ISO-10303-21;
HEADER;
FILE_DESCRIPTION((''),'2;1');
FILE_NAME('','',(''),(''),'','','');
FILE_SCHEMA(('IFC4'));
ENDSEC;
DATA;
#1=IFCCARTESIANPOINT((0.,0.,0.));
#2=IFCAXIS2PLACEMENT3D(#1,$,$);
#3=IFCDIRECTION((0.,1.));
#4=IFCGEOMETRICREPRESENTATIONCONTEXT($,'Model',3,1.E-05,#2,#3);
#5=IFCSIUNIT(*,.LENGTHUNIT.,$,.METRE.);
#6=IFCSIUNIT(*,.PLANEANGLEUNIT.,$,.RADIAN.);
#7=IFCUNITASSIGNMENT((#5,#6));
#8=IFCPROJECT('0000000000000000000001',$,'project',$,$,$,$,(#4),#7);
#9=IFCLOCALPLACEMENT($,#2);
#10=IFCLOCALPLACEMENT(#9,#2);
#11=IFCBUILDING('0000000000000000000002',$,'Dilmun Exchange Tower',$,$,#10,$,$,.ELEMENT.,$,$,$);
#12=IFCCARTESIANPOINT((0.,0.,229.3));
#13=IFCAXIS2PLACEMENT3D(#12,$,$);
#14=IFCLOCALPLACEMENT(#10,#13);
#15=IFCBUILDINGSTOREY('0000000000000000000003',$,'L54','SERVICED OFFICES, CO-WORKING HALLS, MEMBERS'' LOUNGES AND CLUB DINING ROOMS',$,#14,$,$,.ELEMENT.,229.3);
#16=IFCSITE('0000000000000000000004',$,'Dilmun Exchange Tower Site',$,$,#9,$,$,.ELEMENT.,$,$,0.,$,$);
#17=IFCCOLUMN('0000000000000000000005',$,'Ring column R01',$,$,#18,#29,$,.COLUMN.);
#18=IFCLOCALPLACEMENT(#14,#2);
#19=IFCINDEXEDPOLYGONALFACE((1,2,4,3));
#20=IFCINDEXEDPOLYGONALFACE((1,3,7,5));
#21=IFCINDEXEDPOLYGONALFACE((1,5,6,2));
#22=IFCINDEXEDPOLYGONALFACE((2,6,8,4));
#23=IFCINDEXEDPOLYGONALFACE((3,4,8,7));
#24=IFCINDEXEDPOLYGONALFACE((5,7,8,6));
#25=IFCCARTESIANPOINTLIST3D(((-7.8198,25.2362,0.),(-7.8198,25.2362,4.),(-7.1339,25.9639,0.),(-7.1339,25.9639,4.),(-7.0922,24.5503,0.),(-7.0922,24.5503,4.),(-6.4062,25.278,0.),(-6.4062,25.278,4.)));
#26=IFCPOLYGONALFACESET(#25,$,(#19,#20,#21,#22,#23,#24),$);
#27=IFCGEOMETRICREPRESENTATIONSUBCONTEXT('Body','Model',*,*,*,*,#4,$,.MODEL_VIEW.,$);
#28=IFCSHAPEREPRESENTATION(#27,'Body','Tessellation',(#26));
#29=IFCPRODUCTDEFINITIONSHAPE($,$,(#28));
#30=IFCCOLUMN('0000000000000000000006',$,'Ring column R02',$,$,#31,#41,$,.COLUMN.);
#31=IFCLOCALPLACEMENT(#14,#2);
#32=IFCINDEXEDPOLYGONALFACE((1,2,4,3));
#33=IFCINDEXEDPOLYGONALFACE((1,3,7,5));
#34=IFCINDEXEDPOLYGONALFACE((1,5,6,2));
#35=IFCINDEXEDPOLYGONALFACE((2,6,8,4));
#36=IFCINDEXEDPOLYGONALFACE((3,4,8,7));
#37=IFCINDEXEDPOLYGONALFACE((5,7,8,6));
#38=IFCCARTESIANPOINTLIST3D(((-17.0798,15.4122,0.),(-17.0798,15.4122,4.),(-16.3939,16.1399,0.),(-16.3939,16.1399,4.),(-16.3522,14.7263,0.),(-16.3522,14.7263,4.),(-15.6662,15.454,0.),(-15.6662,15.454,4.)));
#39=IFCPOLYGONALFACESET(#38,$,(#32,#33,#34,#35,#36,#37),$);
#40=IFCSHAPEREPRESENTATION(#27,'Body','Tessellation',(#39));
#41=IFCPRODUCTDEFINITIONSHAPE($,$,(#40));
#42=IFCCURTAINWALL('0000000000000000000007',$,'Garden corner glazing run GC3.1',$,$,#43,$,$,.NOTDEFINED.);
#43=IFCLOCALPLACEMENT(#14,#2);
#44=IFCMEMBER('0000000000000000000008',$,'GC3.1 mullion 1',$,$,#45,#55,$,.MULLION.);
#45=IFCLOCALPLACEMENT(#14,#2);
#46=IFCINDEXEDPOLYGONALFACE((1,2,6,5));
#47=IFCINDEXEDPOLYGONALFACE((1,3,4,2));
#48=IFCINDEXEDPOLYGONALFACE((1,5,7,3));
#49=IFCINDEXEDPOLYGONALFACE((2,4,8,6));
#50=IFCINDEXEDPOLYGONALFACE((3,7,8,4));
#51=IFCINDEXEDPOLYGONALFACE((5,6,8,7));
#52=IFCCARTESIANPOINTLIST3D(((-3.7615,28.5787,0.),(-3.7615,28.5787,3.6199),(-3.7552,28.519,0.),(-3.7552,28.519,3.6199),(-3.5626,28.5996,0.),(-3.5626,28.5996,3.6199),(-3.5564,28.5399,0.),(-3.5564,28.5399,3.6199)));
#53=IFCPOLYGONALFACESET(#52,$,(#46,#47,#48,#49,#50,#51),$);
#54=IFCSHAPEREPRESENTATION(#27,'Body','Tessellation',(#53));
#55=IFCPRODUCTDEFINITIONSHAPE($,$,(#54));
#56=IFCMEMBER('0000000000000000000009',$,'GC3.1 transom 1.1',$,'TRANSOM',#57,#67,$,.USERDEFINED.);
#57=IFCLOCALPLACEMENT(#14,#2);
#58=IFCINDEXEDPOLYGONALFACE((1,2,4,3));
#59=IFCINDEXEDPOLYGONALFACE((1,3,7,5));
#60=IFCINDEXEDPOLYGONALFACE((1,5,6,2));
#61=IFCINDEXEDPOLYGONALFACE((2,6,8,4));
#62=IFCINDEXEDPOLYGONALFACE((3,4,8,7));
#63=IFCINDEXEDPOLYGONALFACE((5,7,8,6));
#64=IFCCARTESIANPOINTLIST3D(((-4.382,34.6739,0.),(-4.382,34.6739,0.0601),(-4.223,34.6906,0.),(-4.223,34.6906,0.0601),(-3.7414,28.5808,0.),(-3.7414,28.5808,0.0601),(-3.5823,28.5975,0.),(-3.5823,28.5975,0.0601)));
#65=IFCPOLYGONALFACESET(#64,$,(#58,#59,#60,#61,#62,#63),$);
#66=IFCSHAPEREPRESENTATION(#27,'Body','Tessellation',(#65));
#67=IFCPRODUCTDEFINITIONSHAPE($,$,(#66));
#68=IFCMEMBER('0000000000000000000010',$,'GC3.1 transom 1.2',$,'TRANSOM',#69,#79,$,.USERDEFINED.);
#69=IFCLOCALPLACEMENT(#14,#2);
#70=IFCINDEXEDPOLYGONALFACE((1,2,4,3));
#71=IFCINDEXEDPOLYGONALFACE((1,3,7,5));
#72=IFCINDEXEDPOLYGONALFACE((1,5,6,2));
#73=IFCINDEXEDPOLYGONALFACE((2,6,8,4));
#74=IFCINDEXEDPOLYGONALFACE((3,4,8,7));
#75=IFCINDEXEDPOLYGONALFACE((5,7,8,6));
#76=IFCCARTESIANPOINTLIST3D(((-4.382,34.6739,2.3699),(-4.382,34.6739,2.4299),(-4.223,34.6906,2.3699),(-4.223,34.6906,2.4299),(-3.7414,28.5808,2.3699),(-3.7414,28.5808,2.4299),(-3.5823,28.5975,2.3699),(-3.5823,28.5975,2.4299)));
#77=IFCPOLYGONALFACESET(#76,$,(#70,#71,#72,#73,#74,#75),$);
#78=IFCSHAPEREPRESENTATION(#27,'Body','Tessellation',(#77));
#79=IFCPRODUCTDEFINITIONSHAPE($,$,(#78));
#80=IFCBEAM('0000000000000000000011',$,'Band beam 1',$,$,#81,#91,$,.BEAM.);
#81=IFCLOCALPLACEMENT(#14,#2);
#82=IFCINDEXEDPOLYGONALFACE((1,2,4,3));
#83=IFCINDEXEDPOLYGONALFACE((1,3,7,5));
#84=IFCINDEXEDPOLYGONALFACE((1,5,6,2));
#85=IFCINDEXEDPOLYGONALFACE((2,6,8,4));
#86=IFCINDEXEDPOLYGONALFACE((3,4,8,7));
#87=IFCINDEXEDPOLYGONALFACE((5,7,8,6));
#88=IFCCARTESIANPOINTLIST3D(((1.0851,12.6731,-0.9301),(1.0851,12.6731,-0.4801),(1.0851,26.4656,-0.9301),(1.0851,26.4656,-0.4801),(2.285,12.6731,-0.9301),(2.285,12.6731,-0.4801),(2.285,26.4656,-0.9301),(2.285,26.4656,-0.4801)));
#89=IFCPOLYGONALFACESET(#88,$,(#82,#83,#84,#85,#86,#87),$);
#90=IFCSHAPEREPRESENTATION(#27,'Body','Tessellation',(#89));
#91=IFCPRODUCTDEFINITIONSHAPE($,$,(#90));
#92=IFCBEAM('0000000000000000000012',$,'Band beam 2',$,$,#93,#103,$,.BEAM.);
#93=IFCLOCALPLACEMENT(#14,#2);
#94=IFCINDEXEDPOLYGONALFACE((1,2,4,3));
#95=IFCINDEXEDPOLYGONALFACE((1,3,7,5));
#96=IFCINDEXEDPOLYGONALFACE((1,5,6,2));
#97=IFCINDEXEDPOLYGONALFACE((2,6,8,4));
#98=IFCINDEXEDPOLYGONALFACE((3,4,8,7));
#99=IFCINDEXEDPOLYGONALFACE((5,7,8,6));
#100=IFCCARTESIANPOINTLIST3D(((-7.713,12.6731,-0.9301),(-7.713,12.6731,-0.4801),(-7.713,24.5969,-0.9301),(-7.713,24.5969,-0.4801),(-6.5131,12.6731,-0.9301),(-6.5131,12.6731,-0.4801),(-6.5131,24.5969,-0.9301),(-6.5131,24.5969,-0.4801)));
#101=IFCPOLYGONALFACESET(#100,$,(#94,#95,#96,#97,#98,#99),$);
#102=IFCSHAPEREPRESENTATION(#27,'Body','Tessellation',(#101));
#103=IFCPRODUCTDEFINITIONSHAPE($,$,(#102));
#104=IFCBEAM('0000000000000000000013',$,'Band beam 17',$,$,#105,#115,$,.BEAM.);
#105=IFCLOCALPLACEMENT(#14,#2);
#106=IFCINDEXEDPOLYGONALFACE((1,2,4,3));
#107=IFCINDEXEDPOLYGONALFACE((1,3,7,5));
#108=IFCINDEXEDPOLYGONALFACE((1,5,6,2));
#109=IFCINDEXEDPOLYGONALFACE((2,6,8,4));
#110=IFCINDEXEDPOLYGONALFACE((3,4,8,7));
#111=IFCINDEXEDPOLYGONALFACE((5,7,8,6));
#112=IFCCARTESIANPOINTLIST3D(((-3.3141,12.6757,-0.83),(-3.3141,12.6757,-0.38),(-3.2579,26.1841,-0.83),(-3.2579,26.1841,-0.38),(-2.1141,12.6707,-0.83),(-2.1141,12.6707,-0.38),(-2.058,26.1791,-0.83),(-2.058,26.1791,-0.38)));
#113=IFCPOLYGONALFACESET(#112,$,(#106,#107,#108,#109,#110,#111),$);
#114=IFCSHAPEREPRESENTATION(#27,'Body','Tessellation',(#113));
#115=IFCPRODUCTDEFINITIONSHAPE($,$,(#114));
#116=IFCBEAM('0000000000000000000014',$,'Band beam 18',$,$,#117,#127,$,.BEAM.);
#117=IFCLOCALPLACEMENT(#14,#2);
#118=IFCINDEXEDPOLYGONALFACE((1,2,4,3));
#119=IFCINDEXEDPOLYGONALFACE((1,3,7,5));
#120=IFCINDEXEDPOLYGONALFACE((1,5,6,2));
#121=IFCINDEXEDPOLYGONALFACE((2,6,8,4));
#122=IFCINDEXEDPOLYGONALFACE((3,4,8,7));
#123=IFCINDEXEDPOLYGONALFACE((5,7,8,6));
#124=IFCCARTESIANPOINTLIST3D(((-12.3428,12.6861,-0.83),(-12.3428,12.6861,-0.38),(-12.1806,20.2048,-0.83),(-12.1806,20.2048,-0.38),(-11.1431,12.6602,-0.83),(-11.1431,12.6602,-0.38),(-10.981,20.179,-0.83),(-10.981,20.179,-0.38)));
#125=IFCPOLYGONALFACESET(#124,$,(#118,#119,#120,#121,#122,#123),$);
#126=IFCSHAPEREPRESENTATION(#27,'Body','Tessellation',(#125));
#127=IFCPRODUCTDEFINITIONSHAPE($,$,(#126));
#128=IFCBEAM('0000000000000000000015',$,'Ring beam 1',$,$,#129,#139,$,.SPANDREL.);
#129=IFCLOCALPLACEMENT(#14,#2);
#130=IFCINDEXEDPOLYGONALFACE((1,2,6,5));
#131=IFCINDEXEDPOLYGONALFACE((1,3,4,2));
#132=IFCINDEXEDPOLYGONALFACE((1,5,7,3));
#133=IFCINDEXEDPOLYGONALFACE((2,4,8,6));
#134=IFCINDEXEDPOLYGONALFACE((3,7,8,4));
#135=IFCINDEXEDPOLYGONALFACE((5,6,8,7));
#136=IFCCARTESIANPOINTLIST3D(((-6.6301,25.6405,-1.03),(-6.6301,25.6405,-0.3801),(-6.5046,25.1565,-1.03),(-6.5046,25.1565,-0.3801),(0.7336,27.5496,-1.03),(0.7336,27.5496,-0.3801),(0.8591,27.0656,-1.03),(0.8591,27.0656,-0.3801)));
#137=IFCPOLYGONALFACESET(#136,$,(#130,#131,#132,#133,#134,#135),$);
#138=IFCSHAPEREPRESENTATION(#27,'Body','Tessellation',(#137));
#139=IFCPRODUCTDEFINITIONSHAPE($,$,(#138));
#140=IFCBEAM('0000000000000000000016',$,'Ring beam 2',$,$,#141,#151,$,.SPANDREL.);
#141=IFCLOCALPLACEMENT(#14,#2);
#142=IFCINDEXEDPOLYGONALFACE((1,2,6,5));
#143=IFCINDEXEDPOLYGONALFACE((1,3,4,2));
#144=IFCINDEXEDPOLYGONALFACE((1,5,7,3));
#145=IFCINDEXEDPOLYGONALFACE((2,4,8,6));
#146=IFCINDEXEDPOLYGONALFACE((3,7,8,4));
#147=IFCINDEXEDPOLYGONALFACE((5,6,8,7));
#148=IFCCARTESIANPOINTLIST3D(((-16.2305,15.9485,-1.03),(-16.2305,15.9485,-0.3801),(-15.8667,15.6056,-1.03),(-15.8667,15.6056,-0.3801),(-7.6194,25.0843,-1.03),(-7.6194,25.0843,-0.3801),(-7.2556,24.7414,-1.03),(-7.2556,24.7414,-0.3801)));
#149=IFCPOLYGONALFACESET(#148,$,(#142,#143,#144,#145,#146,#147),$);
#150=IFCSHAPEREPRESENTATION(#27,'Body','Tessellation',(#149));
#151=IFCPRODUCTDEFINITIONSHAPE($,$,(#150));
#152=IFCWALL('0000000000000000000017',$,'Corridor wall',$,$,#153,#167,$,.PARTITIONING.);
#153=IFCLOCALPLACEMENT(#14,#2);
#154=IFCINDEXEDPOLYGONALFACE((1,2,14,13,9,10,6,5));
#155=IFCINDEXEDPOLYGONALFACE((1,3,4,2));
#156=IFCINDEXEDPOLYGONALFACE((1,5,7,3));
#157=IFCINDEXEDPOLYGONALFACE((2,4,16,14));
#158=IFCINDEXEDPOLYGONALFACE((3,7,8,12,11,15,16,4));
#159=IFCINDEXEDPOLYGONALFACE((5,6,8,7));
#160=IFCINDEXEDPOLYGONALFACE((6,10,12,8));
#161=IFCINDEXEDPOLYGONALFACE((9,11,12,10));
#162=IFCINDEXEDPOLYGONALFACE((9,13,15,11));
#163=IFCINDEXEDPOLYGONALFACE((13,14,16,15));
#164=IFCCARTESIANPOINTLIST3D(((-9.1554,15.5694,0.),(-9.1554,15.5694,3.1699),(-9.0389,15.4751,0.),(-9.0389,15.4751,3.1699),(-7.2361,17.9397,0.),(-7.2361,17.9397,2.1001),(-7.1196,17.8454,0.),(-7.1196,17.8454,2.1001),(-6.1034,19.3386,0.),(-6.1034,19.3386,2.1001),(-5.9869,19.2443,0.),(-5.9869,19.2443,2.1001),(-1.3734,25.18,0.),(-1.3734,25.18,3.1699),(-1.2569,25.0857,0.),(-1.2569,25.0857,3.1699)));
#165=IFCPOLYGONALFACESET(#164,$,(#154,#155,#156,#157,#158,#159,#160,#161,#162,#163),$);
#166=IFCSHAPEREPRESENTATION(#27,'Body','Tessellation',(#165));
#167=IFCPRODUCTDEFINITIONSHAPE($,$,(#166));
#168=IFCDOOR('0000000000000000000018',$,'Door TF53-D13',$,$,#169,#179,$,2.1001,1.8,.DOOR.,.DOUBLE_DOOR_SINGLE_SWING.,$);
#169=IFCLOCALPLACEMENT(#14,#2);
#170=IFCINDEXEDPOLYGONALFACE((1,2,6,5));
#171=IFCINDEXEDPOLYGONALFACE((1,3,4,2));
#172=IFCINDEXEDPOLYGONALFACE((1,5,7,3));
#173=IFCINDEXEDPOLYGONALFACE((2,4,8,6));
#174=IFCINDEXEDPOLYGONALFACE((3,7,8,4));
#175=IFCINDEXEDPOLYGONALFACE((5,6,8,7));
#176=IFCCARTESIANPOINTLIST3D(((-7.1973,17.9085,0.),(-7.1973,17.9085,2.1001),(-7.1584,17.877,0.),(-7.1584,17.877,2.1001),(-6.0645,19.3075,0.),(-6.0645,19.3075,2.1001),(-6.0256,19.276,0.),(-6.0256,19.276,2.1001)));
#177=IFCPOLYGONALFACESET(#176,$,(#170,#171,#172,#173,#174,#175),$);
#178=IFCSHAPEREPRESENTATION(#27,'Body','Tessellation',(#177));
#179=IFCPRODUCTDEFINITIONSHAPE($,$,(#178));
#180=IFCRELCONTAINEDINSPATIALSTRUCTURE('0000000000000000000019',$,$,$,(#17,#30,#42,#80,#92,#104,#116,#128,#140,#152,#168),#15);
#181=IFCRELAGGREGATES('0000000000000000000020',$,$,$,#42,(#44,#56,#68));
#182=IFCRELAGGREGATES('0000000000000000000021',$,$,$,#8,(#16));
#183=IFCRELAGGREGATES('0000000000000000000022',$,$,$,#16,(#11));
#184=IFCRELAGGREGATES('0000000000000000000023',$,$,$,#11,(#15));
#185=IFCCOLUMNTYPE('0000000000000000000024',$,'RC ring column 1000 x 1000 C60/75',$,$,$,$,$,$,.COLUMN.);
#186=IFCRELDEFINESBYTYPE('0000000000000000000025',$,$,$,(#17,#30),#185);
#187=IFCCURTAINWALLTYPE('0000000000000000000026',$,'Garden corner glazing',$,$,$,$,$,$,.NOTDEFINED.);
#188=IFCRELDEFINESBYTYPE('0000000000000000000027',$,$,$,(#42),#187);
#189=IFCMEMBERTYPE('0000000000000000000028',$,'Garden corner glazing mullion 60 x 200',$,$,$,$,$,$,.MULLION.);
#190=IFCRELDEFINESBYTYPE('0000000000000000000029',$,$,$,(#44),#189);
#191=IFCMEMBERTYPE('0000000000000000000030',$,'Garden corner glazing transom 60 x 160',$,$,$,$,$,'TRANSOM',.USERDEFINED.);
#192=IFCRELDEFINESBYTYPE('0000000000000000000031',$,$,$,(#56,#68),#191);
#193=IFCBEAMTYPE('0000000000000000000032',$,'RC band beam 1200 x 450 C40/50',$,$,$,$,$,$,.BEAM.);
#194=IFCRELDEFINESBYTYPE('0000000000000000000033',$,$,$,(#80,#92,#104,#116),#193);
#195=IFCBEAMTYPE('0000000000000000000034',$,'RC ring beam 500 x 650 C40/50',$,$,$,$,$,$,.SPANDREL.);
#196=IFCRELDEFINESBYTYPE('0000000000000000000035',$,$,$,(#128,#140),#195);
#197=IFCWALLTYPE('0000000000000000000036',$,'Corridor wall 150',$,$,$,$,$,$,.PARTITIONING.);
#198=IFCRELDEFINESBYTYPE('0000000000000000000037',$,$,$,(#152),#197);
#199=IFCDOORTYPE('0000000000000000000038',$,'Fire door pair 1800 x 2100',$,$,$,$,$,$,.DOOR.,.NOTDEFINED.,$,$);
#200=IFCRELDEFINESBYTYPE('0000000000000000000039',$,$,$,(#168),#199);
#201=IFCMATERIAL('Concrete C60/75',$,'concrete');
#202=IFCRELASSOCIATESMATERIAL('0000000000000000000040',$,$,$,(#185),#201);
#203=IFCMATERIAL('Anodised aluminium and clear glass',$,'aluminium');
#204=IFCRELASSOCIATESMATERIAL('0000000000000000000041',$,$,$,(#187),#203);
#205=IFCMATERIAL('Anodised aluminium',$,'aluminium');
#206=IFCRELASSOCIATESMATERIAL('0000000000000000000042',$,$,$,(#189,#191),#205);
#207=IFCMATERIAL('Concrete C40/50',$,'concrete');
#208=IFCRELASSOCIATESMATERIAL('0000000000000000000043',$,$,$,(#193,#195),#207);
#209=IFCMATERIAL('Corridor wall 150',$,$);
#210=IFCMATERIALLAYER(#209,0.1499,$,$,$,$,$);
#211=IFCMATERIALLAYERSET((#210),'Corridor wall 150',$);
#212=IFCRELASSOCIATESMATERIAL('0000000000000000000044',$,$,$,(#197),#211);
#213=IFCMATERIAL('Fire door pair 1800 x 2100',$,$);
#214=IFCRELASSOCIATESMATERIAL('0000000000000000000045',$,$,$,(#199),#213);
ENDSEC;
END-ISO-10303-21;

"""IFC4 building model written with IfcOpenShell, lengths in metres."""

from ifc_helpers import new_model, si_unit, direction, frame, frame_2d, origin, origin_2d, place, context, subcontext, project, spatial, rectangle, extrude, material, layer, layer_set, material_profile, profile_set, type_object, element, fill, aggregate, save


model = new_model("IFC4")

# Units and contexts
model_context = context("Model", 3, precision=1e-05, world=origin(), true_north=direction((0.0, 1.0)))
body_context = subcontext(model_context, "Body", "Model", "MODEL_VIEW")
ifc_project = project(units=[si_unit("LENGTHUNIT", "METRE"), si_unit("PLANEANGLEUNIT", "RADIAN")], contexts=[model_context])

# Site, building, storey
site_placement = place(None, origin())
site = spatial("IfcSite", under=ifc_project, at=site_placement, Name="Dilmun Exchange Tower Site", CompositionType="ELEMENT", RefElevation=0.0)
building_placement = place(site_placement, origin())
building = spatial("IfcBuilding", under=site, at=building_placement, Name="Dilmun Exchange Tower", CompositionType="ELEMENT")
storey_placement = place(building_placement, frame((0.0, 0.0, 229.3)))
storey = spatial("IfcBuildingStorey", under=building, at=storey_placement, Name="L54", Description="SERVICED OFFICES, CO-WORKING HALLS, MEMBERS' LOUNGES AND CLUB DINING ROOMS", CompositionType="ELEMENT", Elevation=229.3)

# Columns
ifc_material_1 = material(Name="Concrete C60/75", Category="concrete")
ifc_material_profile_1 = material_profile(ifc_material_1, rectangle(XDim=1.0, YDim=1.0, at=origin_2d()), Name="1000 x 1000")
ifc_profile_set_1 = profile_set([ifc_material_profile_1], Name="Concrete C60/75")
column_type = type_object("IfcColumnType", Name="RC ring column 1000 x 1000 C60/75", PredefinedType="COLUMN", material=ifc_profile_set_1)
for number, where, z_axis, x_axis, name in (
    (1, (-7.113, 25.2571, 0.0), (0.0, 0.0, 1.0), (0.685916, 0.727681, 0.0), "Ring column R01"),
    (2, (-16.373, 15.4331, 0.0), (0.0, 0.0, 1.0), (0.685916, 0.727681, 0.0), "Ring column R02"),
):
    element("IfcColumn", number, at=place(storey_placement, frame(where, z_axis=z_axis, x_axis=x_axis)), inside=storey, type_object=column_type, Name=name, PredefinedType="COLUMN", context=body_context, shape_type="SweptSolid", body=[
        extrude(rectangle(XDim=1.0, YDim=1.0, at=origin_2d()), origin(), (0.0, 0.0, 1.0), 4.0),
    ])

# Curtain wall, members
ifc_material_2 = material(Name="Anodised aluminium and clear glass", Category="aluminium")
curtain_wall_type = type_object("IfcCurtainWallType", Name="Garden corner glazing", PredefinedType="NOTDEFINED", material=ifc_material_2)
curtain_wall_placement = place(storey_placement, origin())
curtain_wall = element("IfcCurtainWall", 3, at=curtain_wall_placement, inside=storey, type_object=curtain_wall_type, Name="Garden corner glazing run GC3.1", PredefinedType="NOTDEFINED")
ifc_material_3 = material(Name="Anodised aluminium", Category="aluminium")
ifc_material_profile_2 = material_profile(ifc_material_3, rectangle(XDim=0.2, YDim=0.0601, at=origin_2d()), Name="AL 60x200")
ifc_profile_set_2 = profile_set([ifc_material_profile_2], Name="Anodised aluminium")
member_type_1 = type_object("IfcMemberType", Name="Garden corner glazing mullion 60 x 200", PredefinedType="MULLION", material=ifc_profile_set_2)
member_1_placement = place(storey_placement, frame((-3.6589, 28.5593, 0.0), z_axis=(0.0, 0.0, 1.0), x_axis=(-0.994521, -0.10454, 0.0)))
member_1 = element("IfcMember", 4, at=member_1_placement, type_object=member_type_1, Name="GC3.1 mullion 1", PredefinedType="MULLION", context=body_context, shape_type="SweptSolid", body=[
    extrude(rectangle(XDim=0.2, YDim=0.0601, at=origin_2d()), origin(), (0.0, 0.0, 1.0), 3.6199),
])
ifc_material_profile_3 = material_profile(ifc_material_3, rectangle(XDim=0.1599, YDim=0.0601, at=origin_2d()), Name="AL 60x160")
ifc_profile_set_3 = profile_set([ifc_material_profile_3], Name="Anodised aluminium")
member_type_2 = type_object("IfcMemberType", Name="Garden corner glazing transom 60 x 160", ElementType="TRANSOM", PredefinedType="USERDEFINED", material=ifc_profile_set_3)
member_2_placement = place(storey_placement, frame((-3.6619, 28.5891, 0.03), z_axis=(-0.104564, 0.994518, 0.0), x_axis=(-0.994518, -0.104564, 0.0)))
member_2 = element("IfcMember", 5, at=member_2_placement, type_object=member_type_2, Name="GC3.1 transom 1.1", ObjectType="TRANSOM", PredefinedType="USERDEFINED", context=body_context, shape_type="SweptSolid", body=[
    extrude(rectangle(XDim=0.1599, YDim=0.0601, at=origin_2d()), origin(), (0.0, 0.0, 1.0), 6.1267),
])
member_3_placement = place(storey_placement, frame((-3.6619, 28.5891, 2.3999), z_axis=(-0.104564, 0.994518, 0.0), x_axis=(-0.994518, -0.104564, 0.0)))
member_3 = element("IfcMember", 6, at=member_3_placement, type_object=member_type_2, Name="GC3.1 transom 1.2", ObjectType="TRANSOM", PredefinedType="USERDEFINED", context=body_context, shape_type="SweptSolid", body=[
    extrude(rectangle(XDim=0.1599, YDim=0.0601, at=origin_2d()), origin(), (0.0, 0.0, 1.0), 6.1267),
])
aggregate(curtain_wall, [member_1, member_2, member_3])

# Beams
ifc_material_4 = material(Name="Concrete C40/50", Category="concrete")
ifc_material_profile_4 = material_profile(ifc_material_4, rectangle(XDim=1.2, YDim=0.45, at=origin_2d()), Name="1200 x 450")
ifc_profile_set_4 = profile_set([ifc_material_profile_4], Name="Concrete C40/50")
beam_type_1 = type_object("IfcBeamType", Name="RC band beam 1200 x 450 C40/50", PredefinedType="BEAM", material=ifc_profile_set_4)
beam_1_placement = place(storey_placement, frame((1.6851, 26.4656, -0.7051), z_axis=(0.0, -1.0, 0.0), x_axis=(1.0, 0.0, 0.0)))
element("IfcBeam", 7, at=beam_1_placement, inside=storey, type_object=beam_type_1, Name="Band beam 1", PredefinedType="BEAM", context=body_context, shape_type="SweptSolid", body=[
    extrude(rectangle(XDim=1.2, YDim=0.45, at=origin_2d()), origin(), (0.0, 0.0, 1.0), 13.7925),
])
beam_2_placement = place(storey_placement, frame((-7.113, 24.5969, -0.7051), z_axis=(0.0, -1.0, 0.0), x_axis=(1.0, 0.0, 0.0)))
element("IfcBeam", 8, at=beam_2_placement, inside=storey, type_object=beam_type_1, Name="Band beam 2", PredefinedType="BEAM", context=body_context, shape_type="SweptSolid", body=[
    extrude(rectangle(XDim=1.2, YDim=0.45, at=origin_2d()), origin(), (0.0, 0.0, 1.0), 11.9238),
])
beam_3_placement = place(storey_placement, frame((-2.658, 26.1816, -0.605), z_axis=(-0.004157, -0.999991, 0.0), x_axis=(0.999991, -0.004157, 0.0)))
element("IfcBeam", 9, at=beam_3_placement, inside=storey, type_object=beam_type_1, Name="Band beam 17", PredefinedType="BEAM", context=body_context, shape_type="SweptSolid", body=[
    extrude(rectangle(XDim=1.2, YDim=0.45, at=origin_2d()), origin(), (0.0, 0.0, 1.0), 13.5085),
])
beam_4_placement = place(storey_placement, frame((-11.5808, 20.1919, -0.605), z_axis=(-0.021556, -0.999768, 0.0), x_axis=(0.999768, -0.021556, 0.0)))
element("IfcBeam", 10, at=beam_4_placement, inside=storey, type_object=beam_type_1, Name="Band beam 18", PredefinedType="BEAM", context=body_context, shape_type="SweptSolid", body=[
    extrude(rectangle(XDim=1.2, YDim=0.45, at=origin_2d()), origin(), (0.0, 0.0, 1.0), 7.5205),
])
ifc_material_profile_5 = material_profile(ifc_material_4, rectangle(XDim=0.5, YDim=0.6499, at=origin_2d()), Name="500 x 650")
ifc_profile_set_5 = profile_set([ifc_material_profile_5], Name="Concrete C40/50")
beam_type_2 = type_object("IfcBeamType", Name="RC ring beam 500 x 650 C40/50", PredefinedType="SPANDREL", material=ifc_profile_set_5)
beam_5_placement = place(storey_placement, frame((0.7964, 27.3076, -0.7051), z_axis=(-0.967995, -0.250969, 0.0), x_axis=(0.250969, -0.967995, 0.0)))
element("IfcBeam", 11, at=beam_5_placement, inside=storey, type_object=beam_type_2, Name="Ring beam 1", PredefinedType="SPANDREL", context=body_context, shape_type="SweptSolid", body=[
    extrude(rectangle(XDim=0.5, YDim=0.6499, at=origin_2d()), origin(), (0.0, 0.0, 1.0), 7.6072),
])
beam_6_placement = place(storey_placement, frame((-7.4375, 24.9128, -0.7051), z_axis=(-0.685903, -0.727693, 0.0), x_axis=(0.727693, -0.685903, 0.0)))
element("IfcBeam", 12, at=beam_6_placement, inside=storey, type_object=beam_type_2, Name="Ring beam 2", PredefinedType="SPANDREL", context=body_context, shape_type="SweptSolid", body=[
    extrude(rectangle(XDim=0.5, YDim=0.6499, at=origin_2d()), origin(), (0.0, 0.0, 1.0), 12.5544),
])

# Wall, opening, door
ifc_material_5 = material(Name="Corridor wall 150")
ifc_layer_1 = layer(ifc_material_5, 0.1499)
ifc_layer_set_1 = layer_set([ifc_layer_1], Name="Corridor wall 150")
wall_type_1 = type_object("IfcWallType", Name="Corridor wall 150", PredefinedType="PARTITIONING", material=ifc_layer_set_1)
wall_1_placement = place(storey_placement, frame((-9.0972, 15.5222, 0.0), z_axis=(0.0, 0.0, 1.0), x_axis=(0.629295, 0.777167, 0.0)))
wall_1 = element("IfcWall", 13, at=wall_1_placement, inside=storey, type_object=wall_type_1, Name="Corridor wall", PredefinedType="PARTITIONING", context=body_context, shape_type="SweptSolid", body=[
    extrude(rectangle(XDim=12.3662, YDim=0.1499, at=frame_2d((6.1831, 0.0))), origin(), (0.0, 0.0, 1.0), 3.1699),
])
opening_placement = place(wall_1_placement, frame((3.05, 0.0, 0.0)))
opening = element("IfcOpeningElement", 14, at=opening_placement, cuts=wall_1, PredefinedType="OPENING", context=body_context, shape_type="SweptSolid", body=[
    extrude(rectangle(XDim=1.8, YDim=2.1001, at=frame_2d((0.8999, 1.05))), frame((0.0, 0.085, 0.0), z_axis=(0.0, -1.0, 0.0), x_axis=(1.0, 0.0, 0.0)), (0.0, 0.0, 1.0), 0.1699),
])
ifc_material_6 = material(Name="Fire door pair 1800 x 2100")
door_type = type_object("IfcDoorType", Name="Fire door pair 1800 x 2100", OperationType="NOTDEFINED", PredefinedType="DOOR", material=ifc_material_6)
door_placement = place(opening_placement, frame((1.8, 0.0, 0.0), z_axis=(0.0, 0.0, 1.0), x_axis=(-1.0, 0.0, 0.0)))
door = element("IfcDoor", 15, at=door_placement, inside=storey, type_object=door_type, Name="Door TF53-D13", OperationType="DOUBLE_DOOR_SINGLE_SWING", OverallHeight=2.1001, OverallWidth=1.8, PredefinedType="DOOR", context=body_context, shape_type="SweptSolid", body=[
    extrude(rectangle(XDim=1.8, YDim=2.1001, at=frame_2d((0.8999, 1.05))), frame((0.0, 0.0249, 0.0), z_axis=(0.0, -1.0, 0.0), x_axis=(1.0, 0.0, 0.0)), (0.0, 0.0, 1.0), 0.05),
])
fill(opening, door)

save(model, "model.ifc")
